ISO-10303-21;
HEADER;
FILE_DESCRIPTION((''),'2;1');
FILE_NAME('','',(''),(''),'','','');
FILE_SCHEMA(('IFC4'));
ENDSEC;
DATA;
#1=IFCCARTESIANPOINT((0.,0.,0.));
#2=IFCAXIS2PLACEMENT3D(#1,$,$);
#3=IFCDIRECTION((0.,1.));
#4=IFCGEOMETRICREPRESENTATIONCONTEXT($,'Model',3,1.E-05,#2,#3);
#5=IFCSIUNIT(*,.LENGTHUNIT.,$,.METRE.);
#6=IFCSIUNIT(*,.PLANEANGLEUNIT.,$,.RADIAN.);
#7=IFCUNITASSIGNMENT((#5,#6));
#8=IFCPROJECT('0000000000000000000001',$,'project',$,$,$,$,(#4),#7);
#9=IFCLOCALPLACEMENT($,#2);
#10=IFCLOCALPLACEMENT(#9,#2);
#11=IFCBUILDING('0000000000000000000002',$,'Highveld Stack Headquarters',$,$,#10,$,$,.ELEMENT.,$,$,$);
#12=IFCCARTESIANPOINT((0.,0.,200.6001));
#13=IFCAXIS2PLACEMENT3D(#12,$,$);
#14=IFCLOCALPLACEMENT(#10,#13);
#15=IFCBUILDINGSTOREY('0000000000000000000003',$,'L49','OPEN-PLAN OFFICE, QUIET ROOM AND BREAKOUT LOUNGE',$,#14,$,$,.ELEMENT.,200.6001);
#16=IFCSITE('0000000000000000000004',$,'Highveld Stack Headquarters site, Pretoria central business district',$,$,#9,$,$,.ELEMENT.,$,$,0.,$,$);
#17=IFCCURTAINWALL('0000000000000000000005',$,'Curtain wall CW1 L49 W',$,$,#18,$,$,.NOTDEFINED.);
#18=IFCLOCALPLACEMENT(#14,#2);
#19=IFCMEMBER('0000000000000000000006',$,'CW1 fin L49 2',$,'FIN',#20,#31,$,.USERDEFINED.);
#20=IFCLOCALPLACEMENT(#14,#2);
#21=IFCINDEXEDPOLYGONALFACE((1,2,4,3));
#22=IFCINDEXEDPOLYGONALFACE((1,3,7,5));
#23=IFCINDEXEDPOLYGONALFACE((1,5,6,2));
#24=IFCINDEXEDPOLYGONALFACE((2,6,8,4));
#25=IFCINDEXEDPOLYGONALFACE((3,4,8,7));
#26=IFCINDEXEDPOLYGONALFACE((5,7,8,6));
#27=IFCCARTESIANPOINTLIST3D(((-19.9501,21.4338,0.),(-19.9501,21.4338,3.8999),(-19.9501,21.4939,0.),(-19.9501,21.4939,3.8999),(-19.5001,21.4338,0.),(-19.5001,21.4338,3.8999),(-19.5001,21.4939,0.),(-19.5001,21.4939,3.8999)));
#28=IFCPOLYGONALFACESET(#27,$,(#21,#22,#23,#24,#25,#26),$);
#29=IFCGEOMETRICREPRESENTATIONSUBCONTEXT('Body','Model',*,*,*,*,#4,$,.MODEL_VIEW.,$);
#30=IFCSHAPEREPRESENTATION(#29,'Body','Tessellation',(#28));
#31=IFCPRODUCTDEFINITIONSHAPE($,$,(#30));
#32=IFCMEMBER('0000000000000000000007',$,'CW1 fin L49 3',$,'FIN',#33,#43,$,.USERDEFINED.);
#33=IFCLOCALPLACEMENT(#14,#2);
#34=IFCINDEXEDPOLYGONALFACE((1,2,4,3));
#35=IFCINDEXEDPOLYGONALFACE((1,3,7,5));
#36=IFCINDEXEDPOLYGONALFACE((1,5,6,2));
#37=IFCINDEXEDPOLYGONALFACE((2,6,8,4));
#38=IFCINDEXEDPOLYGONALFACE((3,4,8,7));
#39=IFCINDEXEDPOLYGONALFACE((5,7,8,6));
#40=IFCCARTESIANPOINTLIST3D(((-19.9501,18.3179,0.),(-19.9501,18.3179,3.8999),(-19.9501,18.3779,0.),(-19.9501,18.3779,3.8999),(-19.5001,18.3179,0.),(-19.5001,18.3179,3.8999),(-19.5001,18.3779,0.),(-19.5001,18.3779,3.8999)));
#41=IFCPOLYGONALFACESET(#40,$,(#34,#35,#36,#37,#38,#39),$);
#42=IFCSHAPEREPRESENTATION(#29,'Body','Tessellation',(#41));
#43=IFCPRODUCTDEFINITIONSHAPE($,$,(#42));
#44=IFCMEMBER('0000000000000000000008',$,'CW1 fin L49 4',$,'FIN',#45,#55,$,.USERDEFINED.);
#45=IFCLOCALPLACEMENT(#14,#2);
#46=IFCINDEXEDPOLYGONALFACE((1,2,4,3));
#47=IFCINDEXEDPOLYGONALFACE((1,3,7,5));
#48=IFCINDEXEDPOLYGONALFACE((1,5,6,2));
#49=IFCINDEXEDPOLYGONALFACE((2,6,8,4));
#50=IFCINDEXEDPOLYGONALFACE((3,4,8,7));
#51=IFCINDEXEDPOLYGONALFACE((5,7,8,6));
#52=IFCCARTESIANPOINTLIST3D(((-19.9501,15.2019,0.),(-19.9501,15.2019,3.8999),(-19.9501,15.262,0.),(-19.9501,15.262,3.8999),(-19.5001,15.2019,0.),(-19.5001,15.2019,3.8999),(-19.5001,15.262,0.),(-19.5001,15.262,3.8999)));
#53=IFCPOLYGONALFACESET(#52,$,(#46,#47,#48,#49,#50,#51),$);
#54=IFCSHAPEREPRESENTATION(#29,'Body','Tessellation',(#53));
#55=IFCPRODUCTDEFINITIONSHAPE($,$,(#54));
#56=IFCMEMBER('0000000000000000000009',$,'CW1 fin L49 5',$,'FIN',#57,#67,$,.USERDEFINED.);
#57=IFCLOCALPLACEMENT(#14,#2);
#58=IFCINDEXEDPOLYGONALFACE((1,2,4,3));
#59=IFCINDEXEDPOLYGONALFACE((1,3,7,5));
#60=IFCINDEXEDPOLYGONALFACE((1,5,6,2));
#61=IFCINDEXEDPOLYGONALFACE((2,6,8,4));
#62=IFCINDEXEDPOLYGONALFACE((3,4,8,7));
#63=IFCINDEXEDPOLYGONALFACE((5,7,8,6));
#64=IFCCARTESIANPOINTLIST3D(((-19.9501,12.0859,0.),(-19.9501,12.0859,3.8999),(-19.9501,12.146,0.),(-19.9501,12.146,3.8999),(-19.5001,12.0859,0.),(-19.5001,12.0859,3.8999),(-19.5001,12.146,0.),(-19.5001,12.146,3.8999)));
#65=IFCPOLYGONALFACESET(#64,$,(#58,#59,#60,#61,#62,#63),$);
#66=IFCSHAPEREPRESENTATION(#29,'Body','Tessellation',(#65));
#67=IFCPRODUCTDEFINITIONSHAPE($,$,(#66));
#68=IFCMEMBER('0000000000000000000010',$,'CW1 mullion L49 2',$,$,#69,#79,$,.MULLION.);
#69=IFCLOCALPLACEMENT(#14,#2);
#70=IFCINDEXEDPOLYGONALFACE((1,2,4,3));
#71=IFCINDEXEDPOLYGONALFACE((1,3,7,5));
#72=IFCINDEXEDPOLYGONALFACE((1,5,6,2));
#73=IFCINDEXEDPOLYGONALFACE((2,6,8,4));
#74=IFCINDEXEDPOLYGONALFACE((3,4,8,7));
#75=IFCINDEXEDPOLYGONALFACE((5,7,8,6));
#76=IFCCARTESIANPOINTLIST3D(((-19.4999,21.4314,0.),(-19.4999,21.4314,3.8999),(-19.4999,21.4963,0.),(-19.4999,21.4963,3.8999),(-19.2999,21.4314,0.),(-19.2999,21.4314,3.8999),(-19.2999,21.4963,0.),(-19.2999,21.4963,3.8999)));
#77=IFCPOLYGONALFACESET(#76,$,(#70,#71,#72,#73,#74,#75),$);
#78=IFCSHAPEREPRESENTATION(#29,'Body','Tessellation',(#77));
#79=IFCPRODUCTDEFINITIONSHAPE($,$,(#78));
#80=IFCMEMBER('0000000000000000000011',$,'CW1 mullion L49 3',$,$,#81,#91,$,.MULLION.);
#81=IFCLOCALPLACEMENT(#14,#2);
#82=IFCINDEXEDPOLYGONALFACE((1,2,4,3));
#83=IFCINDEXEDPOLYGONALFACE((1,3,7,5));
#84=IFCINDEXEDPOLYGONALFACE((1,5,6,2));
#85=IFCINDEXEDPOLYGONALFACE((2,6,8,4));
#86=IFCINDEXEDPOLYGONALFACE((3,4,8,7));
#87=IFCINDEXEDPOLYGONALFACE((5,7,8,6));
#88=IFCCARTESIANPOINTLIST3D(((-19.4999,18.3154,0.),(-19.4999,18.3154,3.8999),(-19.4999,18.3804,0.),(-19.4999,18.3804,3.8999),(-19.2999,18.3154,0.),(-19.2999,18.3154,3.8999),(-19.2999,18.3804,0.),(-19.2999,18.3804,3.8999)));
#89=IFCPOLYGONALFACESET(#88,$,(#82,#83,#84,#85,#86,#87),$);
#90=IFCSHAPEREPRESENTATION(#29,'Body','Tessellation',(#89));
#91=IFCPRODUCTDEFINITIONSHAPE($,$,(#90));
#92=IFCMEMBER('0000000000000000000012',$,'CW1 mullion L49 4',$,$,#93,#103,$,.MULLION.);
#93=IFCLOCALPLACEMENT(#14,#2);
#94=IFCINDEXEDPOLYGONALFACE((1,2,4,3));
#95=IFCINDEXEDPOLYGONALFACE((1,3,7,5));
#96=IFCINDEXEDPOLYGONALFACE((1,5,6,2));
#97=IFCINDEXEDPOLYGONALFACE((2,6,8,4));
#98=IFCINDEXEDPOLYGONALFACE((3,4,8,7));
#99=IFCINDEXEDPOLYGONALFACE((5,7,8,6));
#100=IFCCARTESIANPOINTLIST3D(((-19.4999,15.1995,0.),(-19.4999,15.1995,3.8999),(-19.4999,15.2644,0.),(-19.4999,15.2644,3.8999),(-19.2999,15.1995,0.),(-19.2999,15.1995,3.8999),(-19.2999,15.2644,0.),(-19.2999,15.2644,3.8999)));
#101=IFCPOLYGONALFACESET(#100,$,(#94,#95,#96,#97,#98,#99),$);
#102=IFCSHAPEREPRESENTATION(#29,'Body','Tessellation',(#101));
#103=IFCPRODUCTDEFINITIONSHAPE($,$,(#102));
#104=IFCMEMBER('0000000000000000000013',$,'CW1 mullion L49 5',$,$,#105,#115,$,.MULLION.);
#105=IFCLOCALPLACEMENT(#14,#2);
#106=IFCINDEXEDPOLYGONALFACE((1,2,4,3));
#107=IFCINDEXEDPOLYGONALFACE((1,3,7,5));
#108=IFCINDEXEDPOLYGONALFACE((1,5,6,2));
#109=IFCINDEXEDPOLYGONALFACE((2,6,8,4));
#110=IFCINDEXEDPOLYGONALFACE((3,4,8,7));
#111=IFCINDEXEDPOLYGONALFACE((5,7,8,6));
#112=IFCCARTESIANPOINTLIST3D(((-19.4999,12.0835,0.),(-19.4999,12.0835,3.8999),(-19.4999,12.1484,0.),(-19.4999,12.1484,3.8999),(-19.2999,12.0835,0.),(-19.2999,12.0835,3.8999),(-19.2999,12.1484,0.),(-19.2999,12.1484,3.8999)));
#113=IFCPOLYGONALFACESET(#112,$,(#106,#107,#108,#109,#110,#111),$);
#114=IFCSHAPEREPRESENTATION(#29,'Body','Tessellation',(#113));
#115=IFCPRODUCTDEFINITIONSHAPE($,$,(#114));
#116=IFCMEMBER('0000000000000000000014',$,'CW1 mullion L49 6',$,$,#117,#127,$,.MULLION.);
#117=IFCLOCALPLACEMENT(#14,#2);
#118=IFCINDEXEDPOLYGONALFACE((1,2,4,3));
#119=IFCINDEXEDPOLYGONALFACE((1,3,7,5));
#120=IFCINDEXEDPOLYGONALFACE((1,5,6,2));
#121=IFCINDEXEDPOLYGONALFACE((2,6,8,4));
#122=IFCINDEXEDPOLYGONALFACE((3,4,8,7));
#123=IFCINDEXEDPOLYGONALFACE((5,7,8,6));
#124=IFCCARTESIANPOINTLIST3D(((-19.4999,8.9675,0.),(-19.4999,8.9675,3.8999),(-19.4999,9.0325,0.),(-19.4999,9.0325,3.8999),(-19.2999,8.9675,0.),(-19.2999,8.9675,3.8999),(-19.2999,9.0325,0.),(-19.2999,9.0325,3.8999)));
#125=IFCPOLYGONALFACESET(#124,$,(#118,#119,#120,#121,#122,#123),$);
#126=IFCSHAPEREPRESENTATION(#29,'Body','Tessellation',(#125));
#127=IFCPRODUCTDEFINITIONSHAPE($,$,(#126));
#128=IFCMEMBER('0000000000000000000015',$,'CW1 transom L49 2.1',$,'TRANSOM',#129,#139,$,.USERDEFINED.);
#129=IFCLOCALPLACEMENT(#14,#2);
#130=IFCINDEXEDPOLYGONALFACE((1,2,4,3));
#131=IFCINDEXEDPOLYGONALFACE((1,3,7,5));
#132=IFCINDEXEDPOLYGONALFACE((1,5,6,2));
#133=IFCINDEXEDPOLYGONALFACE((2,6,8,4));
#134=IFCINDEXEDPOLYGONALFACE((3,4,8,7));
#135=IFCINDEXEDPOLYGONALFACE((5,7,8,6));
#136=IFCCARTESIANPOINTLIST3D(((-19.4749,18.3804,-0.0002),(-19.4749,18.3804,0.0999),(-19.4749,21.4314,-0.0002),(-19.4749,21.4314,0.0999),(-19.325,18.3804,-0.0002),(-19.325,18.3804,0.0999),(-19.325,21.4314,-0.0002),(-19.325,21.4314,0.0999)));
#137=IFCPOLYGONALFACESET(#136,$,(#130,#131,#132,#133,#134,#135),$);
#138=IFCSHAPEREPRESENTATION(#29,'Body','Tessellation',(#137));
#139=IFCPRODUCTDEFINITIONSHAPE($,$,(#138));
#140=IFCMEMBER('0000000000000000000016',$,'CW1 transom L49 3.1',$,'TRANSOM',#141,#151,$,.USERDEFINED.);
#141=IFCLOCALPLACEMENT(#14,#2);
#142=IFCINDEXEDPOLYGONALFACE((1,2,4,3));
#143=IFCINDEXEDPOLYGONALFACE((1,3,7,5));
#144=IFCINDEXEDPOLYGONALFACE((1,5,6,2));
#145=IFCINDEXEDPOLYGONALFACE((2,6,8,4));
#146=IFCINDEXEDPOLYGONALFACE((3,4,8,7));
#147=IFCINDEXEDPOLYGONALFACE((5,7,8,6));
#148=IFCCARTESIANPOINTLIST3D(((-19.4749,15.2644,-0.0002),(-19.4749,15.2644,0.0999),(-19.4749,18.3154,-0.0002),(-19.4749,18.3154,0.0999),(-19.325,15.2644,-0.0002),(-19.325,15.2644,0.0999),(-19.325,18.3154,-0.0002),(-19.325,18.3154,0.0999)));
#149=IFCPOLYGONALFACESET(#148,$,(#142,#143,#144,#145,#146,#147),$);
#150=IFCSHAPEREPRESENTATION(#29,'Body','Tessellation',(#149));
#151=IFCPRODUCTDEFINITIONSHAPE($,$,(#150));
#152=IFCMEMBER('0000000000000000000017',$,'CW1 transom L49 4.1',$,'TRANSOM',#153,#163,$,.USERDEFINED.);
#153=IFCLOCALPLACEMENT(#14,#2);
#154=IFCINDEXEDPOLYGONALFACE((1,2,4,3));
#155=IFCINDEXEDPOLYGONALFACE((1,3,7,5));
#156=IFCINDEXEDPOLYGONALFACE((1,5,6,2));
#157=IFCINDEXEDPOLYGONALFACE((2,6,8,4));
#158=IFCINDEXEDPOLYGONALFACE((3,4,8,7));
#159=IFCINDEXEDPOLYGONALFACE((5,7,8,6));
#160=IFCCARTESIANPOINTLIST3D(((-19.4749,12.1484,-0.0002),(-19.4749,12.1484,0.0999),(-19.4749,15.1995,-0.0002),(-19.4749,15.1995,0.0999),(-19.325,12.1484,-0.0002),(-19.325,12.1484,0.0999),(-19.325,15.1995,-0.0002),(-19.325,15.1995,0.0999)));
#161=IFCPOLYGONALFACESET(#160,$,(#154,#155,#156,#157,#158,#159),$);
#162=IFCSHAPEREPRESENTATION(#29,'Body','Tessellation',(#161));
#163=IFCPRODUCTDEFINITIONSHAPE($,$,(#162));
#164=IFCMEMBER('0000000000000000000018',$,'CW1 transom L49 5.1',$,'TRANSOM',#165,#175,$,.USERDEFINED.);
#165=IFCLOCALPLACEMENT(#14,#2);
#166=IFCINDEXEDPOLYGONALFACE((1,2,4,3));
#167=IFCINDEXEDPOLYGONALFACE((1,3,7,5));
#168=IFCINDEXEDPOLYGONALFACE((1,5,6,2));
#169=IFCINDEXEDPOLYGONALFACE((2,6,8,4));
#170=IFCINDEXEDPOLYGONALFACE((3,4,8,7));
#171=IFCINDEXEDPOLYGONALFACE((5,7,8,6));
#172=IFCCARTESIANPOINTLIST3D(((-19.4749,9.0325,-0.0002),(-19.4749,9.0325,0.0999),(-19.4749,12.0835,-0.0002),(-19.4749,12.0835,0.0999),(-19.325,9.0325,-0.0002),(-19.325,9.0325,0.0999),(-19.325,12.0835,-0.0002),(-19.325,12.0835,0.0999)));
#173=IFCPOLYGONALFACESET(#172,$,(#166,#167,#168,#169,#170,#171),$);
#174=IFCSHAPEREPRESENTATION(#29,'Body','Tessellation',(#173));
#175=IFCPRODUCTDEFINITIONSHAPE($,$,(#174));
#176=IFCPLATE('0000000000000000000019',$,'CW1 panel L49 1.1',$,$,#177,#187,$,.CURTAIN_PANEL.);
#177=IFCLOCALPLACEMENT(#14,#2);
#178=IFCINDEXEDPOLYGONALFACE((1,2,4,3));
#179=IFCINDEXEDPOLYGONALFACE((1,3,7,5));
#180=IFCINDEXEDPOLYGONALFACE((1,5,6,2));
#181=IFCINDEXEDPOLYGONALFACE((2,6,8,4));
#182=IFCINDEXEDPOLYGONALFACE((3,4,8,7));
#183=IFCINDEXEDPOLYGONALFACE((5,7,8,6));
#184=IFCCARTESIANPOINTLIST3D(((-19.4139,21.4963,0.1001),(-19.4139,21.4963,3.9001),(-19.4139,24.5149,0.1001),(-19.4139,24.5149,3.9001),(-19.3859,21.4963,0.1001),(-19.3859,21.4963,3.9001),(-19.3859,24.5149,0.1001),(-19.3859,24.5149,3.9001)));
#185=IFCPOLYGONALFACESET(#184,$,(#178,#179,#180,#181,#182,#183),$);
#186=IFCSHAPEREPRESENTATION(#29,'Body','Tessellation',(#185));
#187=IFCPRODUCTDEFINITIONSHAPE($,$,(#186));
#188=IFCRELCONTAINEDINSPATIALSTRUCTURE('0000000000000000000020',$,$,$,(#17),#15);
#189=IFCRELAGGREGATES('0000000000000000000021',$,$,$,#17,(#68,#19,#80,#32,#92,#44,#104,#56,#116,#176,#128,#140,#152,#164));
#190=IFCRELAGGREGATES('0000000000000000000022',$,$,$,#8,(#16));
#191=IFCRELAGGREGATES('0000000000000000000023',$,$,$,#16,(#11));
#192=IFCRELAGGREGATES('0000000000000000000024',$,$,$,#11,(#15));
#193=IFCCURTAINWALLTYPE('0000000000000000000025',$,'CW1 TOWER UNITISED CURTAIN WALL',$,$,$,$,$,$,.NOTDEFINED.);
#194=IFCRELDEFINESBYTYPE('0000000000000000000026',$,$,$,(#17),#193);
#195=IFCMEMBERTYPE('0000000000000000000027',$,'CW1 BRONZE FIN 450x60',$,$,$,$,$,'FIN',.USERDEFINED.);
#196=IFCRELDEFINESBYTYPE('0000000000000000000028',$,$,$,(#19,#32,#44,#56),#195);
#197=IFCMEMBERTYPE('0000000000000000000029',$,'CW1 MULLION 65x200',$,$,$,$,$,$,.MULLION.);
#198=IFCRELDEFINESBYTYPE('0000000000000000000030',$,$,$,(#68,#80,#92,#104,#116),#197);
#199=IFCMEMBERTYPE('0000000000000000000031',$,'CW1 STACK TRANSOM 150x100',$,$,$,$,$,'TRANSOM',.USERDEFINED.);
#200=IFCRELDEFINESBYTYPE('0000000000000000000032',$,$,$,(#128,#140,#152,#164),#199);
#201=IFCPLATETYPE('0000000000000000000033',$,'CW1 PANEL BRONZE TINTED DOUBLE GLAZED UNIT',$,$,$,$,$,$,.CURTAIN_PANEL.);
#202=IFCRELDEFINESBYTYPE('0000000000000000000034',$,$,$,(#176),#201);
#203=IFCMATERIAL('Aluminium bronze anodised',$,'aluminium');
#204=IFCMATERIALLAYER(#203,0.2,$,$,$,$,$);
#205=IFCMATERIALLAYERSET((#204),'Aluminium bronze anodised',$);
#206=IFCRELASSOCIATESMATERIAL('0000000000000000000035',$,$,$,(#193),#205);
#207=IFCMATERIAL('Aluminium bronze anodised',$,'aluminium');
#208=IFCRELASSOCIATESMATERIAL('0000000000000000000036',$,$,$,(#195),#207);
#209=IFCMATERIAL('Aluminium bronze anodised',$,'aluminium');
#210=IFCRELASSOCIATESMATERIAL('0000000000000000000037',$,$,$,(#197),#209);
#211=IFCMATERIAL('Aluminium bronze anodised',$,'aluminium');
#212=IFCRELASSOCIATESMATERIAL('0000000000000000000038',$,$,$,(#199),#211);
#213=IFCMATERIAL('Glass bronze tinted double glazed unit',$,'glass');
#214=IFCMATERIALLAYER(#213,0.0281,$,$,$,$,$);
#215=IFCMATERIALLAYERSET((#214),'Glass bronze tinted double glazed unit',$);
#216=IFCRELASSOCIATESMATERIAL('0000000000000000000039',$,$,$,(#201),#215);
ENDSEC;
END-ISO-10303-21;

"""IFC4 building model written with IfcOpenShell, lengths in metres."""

from ifc_helpers import new_model, si_unit, direction, frame, origin, origin_2d, place, context, subcontext, project, spatial, rectangle, extrude, material, layer, layer_set, material_profile, profile_set, type_object, element, aggregate, save


model = new_model("IFC4")

# Units and contexts
model_context = context("Model", 3, precision=1e-05, world=origin(), true_north=direction((0.0, 1.0)))
body_context = subcontext(model_context, "Body", "Model", "MODEL_VIEW")
ifc_project = project(units=[si_unit("LENGTHUNIT", "METRE"), si_unit("PLANEANGLEUNIT", "RADIAN")], contexts=[model_context])

# Site, building, storey
site_placement = place(None, origin())
site = spatial("IfcSite", under=ifc_project, at=site_placement, Name="Highveld Stack Headquarters site, Pretoria central business district", CompositionType="ELEMENT", RefElevation=0.0)
building_placement = place(site_placement, origin())
building = spatial("IfcBuilding", under=site, at=building_placement, Name="Highveld Stack Headquarters", CompositionType="ELEMENT")
storey_placement = place(building_placement, frame((0.0, 0.0, 200.6001)))
storey = spatial("IfcBuildingStorey", under=building, at=storey_placement, Name="L49", Description="OPEN-PLAN OFFICE, QUIET ROOM AND BREAKOUT LOUNGE", CompositionType="ELEMENT", Elevation=200.6001)

# Curtain wall, members, plate
ifc_material_1 = material(Name="Aluminium bronze anodised", Category="aluminium")
ifc_layer_1 = layer(ifc_material_1, 0.2)
ifc_layer_set_1 = layer_set([ifc_layer_1], Name="Aluminium bronze anodised")
curtain_wall_type = type_object("IfcCurtainWallType", Name="CW1 TOWER UNITISED CURTAIN WALL", PredefinedType="NOTDEFINED", material=ifc_layer_set_1)
curtain_wall_placement = place(storey_placement, origin())
curtain_wall = element("IfcCurtainWall", 1, at=curtain_wall_placement, inside=storey, type_object=curtain_wall_type, Name="Curtain wall CW1 L49 W", PredefinedType="NOTDEFINED")
ifc_material_2 = material(Name="Aluminium bronze anodised", Category="aluminium")
ifc_material_profile_1 = material_profile(ifc_material_2, rectangle(XDim=0.45, YDim=0.0601, at=origin_2d()), Name="FIN 450x60")
ifc_profile_set_1 = profile_set([ifc_material_profile_1], Name="Aluminium bronze anodised")
member_type_1 = type_object("IfcMemberType", Name="CW1 BRONZE FIN 450x60", ElementType="FIN", PredefinedType="USERDEFINED", material=ifc_profile_set_1)
member_1_placement = place(storey_placement, frame((-19.7251, 21.4639, 0.0), z_axis=(0.0, 0.0, 1.0), x_axis=(1.0, 0.0, 0.0)))
member_1 = element("IfcMember", 2, at=member_1_placement, type_object=member_type_1, Name="CW1 fin L49 2", ObjectType="FIN", PredefinedType="USERDEFINED", context=body_context, shape_type="SweptSolid", body=[
    extrude(rectangle(XDim=0.45, YDim=0.0601, at=origin_2d()), origin(), (0.0, 0.0, 1.0), 3.8999),
])
member_2_placement = place(storey_placement, frame((-19.7251, 18.3479, 0.0), z_axis=(0.0, 0.0, 1.0), x_axis=(1.0, 0.0, 0.0)))
member_2 = element("IfcMember", 3, at=member_2_placement, type_object=member_type_1, Name="CW1 fin L49 3", ObjectType="FIN", PredefinedType="USERDEFINED", context=body_context, shape_type="SweptSolid", body=[
    extrude(rectangle(XDim=0.45, YDim=0.0601, at=origin_2d()), origin(), (0.0, 0.0, 1.0), 3.8999),
])
member_3_placement = place(storey_placement, frame((-19.7251, 15.2319, 0.0), z_axis=(0.0, 0.0, 1.0), x_axis=(1.0, 0.0, 0.0)))
member_3 = element("IfcMember", 4, at=member_3_placement, type_object=member_type_1, Name="CW1 fin L49 4", ObjectType="FIN", PredefinedType="USERDEFINED", context=body_context, shape_type="SweptSolid", body=[
    extrude(rectangle(XDim=0.45, YDim=0.0601, at=origin_2d()), origin(), (0.0, 0.0, 1.0), 3.8999),
])
member_4_placement = place(storey_placement, frame((-19.7251, 12.116, 0.0), z_axis=(0.0, 0.0, 1.0), x_axis=(1.0, 0.0, 0.0)))
member_4 = element("IfcMember", 5, at=member_4_placement, type_object=member_type_1, Name="CW1 fin L49 5", ObjectType="FIN", PredefinedType="USERDEFINED", context=body_context, shape_type="SweptSolid", body=[
    extrude(rectangle(XDim=0.45, YDim=0.0601, at=origin_2d()), origin(), (0.0, 0.0, 1.0), 3.8999),
])
ifc_material_3 = material(Name="Aluminium bronze anodised", Category="aluminium")
ifc_material_profile_2 = material_profile(ifc_material_3, rectangle(XDim=0.2, YDim=0.0649, at=origin_2d()), Name="CW1 MULLION 65x200")
ifc_profile_set_2 = profile_set([ifc_material_profile_2], Name="Aluminium bronze anodised")
member_type_2 = type_object("IfcMemberType", Name="CW1 MULLION 65x200", PredefinedType="MULLION", material=ifc_profile_set_2)
member_5_placement = place(storey_placement, frame((-19.3999, 21.4639, 0.0), z_axis=(0.0, 0.0, 1.0), x_axis=(1.0, 0.0, 0.0)))
member_5 = element("IfcMember", 6, at=member_5_placement, type_object=member_type_2, Name="CW1 mullion L49 2", PredefinedType="MULLION", context=body_context, shape_type="SweptSolid", body=[
    extrude(rectangle(XDim=0.2, YDim=0.0649, at=origin_2d()), origin(), (0.0, 0.0, 1.0), 3.8999),
])
member_6_placement = place(storey_placement, frame((-19.3999, 18.3479, 0.0), z_axis=(0.0, 0.0, 1.0), x_axis=(1.0, 0.0, 0.0)))
member_6 = element("IfcMember", 7, at=member_6_placement, type_object=member_type_2, Name="CW1 mullion L49 3", PredefinedType="MULLION", context=body_context, shape_type="SweptSolid", body=[
    extrude(rectangle(XDim=0.2, YDim=0.0649, at=origin_2d()), origin(), (0.0, 0.0, 1.0), 3.8999),
])
member_7_placement = place(storey_placement, frame((-19.3999, 15.2319, 0.0), z_axis=(0.0, 0.0, 1.0), x_axis=(1.0, 0.0, 0.0)))
member_7 = element("IfcMember", 8, at=member_7_placement, type_object=member_type_2, Name="CW1 mullion L49 4", PredefinedType="MULLION", context=body_context, shape_type="SweptSolid", body=[
    extrude(rectangle(XDim=0.2, YDim=0.0649, at=origin_2d()), origin(), (0.0, 0.0, 1.0), 3.8999),
])
member_8_placement = place(storey_placement, frame((-19.3999, 12.116, 0.0), z_axis=(0.0, 0.0, 1.0), x_axis=(1.0, 0.0, 0.0)))
member_8 = element("IfcMember", 9, at=member_8_placement, type_object=member_type_2, Name="CW1 mullion L49 5", PredefinedType="MULLION", context=body_context, shape_type="SweptSolid", body=[
    extrude(rectangle(XDim=0.2, YDim=0.0649, at=origin_2d()), origin(), (0.0, 0.0, 1.0), 3.8999),
])
member_9_placement = place(storey_placement, frame((-19.3999, 9.0, 0.0), z_axis=(0.0, 0.0, 1.0), x_axis=(1.0, 0.0, 0.0)))
member_9 = element("IfcMember", 10, at=member_9_placement, type_object=member_type_2, Name="CW1 mullion L49 6", PredefinedType="MULLION", context=body_context, shape_type="SweptSolid", body=[
    extrude(rectangle(XDim=0.2, YDim=0.0649, at=origin_2d()), origin(), (0.0, 0.0, 1.0), 3.8999),
])
ifc_material_4 = material(Name="Aluminium bronze anodised", Category="aluminium")
ifc_material_profile_3 = material_profile(ifc_material_4, rectangle(XDim=0.1499, YDim=0.1001, at=origin_2d()), Name="CW1 TRANSOM 150x100")
ifc_profile_set_3 = profile_set([ifc_material_profile_3], Name="Aluminium bronze anodised")
member_type_3 = type_object("IfcMemberType", Name="CW1 STACK TRANSOM 150x100", ElementType="TRANSOM", PredefinedType="USERDEFINED", material=ifc_profile_set_3)
member_10_placement = place(storey_placement, frame((-19.3999, 21.4314, 0.0498), z_axis=(0.0, -1.0, 0.0), x_axis=(1.0, 0.0, 0.0)))
member_10 = element("IfcMember", 11, at=member_10_placement, type_object=member_type_3, Name="CW1 transom L49 2.1", ObjectType="TRANSOM", PredefinedType="USERDEFINED", context=body_context, shape_type="SweptSolid", body=[
    extrude(rectangle(XDim=0.1499, YDim=0.1001, at=origin_2d()), origin(), (0.0, 0.0, 1.0), 3.051),
])
member_11_placement = place(storey_placement, frame((-19.3999, 18.3154, 0.0498), z_axis=(0.0, -1.0, 0.0), x_axis=(1.0, 0.0, 0.0)))
member_11 = element("IfcMember", 12, at=member_11_placement, type_object=member_type_3, Name="CW1 transom L49 3.1", ObjectType="TRANSOM", PredefinedType="USERDEFINED", context=body_context, shape_type="SweptSolid", body=[
    extrude(rectangle(XDim=0.1499, YDim=0.1001, at=origin_2d()), origin(), (0.0, 0.0, 1.0), 3.051),
])
member_12_placement = place(storey_placement, frame((-19.3999, 15.1995, 0.0498), z_axis=(0.0, -1.0, 0.0), x_axis=(1.0, 0.0, 0.0)))
member_12 = element("IfcMember", 13, at=member_12_placement, type_object=member_type_3, Name="CW1 transom L49 4.1", ObjectType="TRANSOM", PredefinedType="USERDEFINED", context=body_context, shape_type="SweptSolid", body=[
    extrude(rectangle(XDim=0.1499, YDim=0.1001, at=origin_2d()), origin(), (0.0, 0.0, 1.0), 3.051),
])
member_13_placement = place(storey_placement, frame((-19.3999, 12.0835, 0.0498), z_axis=(0.0, -1.0, 0.0), x_axis=(1.0, 0.0, 0.0)))
member_13 = element("IfcMember", 14, at=member_13_placement, type_object=member_type_3, Name="CW1 transom L49 5.1", ObjectType="TRANSOM", PredefinedType="USERDEFINED", context=body_context, shape_type="SweptSolid", body=[
    extrude(rectangle(XDim=0.1499, YDim=0.1001, at=origin_2d()), origin(), (0.0, 0.0, 1.0), 3.051),
])
ifc_material_5 = material(Name="Glass bronze tinted double glazed unit", Category="glass")
ifc_layer_2 = layer(ifc_material_5, 0.0281)
ifc_layer_set_2 = layer_set([ifc_layer_2], Name="Glass bronze tinted double glazed unit")
plate_type = type_object("IfcPlateType", Name="CW1 PANEL BRONZE TINTED DOUBLE GLAZED UNIT", PredefinedType="CURTAIN_PANEL", material=ifc_layer_set_2)
plate_1_placement = place(storey_placement, frame((-19.3999, 23.0056, 0.1001), z_axis=(0.0, 0.0, 1.0), x_axis=(0.0, -1.0, 0.0)))
plate_1 = element("IfcPlate", 15, at=plate_1_placement, type_object=plate_type, Name="CW1 panel L49 1.1", PredefinedType="CURTAIN_PANEL", context=body_context, shape_type="SweptSolid", body=[
    extrude(rectangle(XDim=3.0186, YDim=0.0281, at=origin_2d()), origin(), (0.0, 0.0, 1.0), 3.8),
])
aggregate(curtain_wall, [member_5, member_1, member_6, member_2, member_7, member_3, member_8, member_4, member_9, plate_1, member_10, member_11, member_12, member_13])

save(model, "model.ifc")
